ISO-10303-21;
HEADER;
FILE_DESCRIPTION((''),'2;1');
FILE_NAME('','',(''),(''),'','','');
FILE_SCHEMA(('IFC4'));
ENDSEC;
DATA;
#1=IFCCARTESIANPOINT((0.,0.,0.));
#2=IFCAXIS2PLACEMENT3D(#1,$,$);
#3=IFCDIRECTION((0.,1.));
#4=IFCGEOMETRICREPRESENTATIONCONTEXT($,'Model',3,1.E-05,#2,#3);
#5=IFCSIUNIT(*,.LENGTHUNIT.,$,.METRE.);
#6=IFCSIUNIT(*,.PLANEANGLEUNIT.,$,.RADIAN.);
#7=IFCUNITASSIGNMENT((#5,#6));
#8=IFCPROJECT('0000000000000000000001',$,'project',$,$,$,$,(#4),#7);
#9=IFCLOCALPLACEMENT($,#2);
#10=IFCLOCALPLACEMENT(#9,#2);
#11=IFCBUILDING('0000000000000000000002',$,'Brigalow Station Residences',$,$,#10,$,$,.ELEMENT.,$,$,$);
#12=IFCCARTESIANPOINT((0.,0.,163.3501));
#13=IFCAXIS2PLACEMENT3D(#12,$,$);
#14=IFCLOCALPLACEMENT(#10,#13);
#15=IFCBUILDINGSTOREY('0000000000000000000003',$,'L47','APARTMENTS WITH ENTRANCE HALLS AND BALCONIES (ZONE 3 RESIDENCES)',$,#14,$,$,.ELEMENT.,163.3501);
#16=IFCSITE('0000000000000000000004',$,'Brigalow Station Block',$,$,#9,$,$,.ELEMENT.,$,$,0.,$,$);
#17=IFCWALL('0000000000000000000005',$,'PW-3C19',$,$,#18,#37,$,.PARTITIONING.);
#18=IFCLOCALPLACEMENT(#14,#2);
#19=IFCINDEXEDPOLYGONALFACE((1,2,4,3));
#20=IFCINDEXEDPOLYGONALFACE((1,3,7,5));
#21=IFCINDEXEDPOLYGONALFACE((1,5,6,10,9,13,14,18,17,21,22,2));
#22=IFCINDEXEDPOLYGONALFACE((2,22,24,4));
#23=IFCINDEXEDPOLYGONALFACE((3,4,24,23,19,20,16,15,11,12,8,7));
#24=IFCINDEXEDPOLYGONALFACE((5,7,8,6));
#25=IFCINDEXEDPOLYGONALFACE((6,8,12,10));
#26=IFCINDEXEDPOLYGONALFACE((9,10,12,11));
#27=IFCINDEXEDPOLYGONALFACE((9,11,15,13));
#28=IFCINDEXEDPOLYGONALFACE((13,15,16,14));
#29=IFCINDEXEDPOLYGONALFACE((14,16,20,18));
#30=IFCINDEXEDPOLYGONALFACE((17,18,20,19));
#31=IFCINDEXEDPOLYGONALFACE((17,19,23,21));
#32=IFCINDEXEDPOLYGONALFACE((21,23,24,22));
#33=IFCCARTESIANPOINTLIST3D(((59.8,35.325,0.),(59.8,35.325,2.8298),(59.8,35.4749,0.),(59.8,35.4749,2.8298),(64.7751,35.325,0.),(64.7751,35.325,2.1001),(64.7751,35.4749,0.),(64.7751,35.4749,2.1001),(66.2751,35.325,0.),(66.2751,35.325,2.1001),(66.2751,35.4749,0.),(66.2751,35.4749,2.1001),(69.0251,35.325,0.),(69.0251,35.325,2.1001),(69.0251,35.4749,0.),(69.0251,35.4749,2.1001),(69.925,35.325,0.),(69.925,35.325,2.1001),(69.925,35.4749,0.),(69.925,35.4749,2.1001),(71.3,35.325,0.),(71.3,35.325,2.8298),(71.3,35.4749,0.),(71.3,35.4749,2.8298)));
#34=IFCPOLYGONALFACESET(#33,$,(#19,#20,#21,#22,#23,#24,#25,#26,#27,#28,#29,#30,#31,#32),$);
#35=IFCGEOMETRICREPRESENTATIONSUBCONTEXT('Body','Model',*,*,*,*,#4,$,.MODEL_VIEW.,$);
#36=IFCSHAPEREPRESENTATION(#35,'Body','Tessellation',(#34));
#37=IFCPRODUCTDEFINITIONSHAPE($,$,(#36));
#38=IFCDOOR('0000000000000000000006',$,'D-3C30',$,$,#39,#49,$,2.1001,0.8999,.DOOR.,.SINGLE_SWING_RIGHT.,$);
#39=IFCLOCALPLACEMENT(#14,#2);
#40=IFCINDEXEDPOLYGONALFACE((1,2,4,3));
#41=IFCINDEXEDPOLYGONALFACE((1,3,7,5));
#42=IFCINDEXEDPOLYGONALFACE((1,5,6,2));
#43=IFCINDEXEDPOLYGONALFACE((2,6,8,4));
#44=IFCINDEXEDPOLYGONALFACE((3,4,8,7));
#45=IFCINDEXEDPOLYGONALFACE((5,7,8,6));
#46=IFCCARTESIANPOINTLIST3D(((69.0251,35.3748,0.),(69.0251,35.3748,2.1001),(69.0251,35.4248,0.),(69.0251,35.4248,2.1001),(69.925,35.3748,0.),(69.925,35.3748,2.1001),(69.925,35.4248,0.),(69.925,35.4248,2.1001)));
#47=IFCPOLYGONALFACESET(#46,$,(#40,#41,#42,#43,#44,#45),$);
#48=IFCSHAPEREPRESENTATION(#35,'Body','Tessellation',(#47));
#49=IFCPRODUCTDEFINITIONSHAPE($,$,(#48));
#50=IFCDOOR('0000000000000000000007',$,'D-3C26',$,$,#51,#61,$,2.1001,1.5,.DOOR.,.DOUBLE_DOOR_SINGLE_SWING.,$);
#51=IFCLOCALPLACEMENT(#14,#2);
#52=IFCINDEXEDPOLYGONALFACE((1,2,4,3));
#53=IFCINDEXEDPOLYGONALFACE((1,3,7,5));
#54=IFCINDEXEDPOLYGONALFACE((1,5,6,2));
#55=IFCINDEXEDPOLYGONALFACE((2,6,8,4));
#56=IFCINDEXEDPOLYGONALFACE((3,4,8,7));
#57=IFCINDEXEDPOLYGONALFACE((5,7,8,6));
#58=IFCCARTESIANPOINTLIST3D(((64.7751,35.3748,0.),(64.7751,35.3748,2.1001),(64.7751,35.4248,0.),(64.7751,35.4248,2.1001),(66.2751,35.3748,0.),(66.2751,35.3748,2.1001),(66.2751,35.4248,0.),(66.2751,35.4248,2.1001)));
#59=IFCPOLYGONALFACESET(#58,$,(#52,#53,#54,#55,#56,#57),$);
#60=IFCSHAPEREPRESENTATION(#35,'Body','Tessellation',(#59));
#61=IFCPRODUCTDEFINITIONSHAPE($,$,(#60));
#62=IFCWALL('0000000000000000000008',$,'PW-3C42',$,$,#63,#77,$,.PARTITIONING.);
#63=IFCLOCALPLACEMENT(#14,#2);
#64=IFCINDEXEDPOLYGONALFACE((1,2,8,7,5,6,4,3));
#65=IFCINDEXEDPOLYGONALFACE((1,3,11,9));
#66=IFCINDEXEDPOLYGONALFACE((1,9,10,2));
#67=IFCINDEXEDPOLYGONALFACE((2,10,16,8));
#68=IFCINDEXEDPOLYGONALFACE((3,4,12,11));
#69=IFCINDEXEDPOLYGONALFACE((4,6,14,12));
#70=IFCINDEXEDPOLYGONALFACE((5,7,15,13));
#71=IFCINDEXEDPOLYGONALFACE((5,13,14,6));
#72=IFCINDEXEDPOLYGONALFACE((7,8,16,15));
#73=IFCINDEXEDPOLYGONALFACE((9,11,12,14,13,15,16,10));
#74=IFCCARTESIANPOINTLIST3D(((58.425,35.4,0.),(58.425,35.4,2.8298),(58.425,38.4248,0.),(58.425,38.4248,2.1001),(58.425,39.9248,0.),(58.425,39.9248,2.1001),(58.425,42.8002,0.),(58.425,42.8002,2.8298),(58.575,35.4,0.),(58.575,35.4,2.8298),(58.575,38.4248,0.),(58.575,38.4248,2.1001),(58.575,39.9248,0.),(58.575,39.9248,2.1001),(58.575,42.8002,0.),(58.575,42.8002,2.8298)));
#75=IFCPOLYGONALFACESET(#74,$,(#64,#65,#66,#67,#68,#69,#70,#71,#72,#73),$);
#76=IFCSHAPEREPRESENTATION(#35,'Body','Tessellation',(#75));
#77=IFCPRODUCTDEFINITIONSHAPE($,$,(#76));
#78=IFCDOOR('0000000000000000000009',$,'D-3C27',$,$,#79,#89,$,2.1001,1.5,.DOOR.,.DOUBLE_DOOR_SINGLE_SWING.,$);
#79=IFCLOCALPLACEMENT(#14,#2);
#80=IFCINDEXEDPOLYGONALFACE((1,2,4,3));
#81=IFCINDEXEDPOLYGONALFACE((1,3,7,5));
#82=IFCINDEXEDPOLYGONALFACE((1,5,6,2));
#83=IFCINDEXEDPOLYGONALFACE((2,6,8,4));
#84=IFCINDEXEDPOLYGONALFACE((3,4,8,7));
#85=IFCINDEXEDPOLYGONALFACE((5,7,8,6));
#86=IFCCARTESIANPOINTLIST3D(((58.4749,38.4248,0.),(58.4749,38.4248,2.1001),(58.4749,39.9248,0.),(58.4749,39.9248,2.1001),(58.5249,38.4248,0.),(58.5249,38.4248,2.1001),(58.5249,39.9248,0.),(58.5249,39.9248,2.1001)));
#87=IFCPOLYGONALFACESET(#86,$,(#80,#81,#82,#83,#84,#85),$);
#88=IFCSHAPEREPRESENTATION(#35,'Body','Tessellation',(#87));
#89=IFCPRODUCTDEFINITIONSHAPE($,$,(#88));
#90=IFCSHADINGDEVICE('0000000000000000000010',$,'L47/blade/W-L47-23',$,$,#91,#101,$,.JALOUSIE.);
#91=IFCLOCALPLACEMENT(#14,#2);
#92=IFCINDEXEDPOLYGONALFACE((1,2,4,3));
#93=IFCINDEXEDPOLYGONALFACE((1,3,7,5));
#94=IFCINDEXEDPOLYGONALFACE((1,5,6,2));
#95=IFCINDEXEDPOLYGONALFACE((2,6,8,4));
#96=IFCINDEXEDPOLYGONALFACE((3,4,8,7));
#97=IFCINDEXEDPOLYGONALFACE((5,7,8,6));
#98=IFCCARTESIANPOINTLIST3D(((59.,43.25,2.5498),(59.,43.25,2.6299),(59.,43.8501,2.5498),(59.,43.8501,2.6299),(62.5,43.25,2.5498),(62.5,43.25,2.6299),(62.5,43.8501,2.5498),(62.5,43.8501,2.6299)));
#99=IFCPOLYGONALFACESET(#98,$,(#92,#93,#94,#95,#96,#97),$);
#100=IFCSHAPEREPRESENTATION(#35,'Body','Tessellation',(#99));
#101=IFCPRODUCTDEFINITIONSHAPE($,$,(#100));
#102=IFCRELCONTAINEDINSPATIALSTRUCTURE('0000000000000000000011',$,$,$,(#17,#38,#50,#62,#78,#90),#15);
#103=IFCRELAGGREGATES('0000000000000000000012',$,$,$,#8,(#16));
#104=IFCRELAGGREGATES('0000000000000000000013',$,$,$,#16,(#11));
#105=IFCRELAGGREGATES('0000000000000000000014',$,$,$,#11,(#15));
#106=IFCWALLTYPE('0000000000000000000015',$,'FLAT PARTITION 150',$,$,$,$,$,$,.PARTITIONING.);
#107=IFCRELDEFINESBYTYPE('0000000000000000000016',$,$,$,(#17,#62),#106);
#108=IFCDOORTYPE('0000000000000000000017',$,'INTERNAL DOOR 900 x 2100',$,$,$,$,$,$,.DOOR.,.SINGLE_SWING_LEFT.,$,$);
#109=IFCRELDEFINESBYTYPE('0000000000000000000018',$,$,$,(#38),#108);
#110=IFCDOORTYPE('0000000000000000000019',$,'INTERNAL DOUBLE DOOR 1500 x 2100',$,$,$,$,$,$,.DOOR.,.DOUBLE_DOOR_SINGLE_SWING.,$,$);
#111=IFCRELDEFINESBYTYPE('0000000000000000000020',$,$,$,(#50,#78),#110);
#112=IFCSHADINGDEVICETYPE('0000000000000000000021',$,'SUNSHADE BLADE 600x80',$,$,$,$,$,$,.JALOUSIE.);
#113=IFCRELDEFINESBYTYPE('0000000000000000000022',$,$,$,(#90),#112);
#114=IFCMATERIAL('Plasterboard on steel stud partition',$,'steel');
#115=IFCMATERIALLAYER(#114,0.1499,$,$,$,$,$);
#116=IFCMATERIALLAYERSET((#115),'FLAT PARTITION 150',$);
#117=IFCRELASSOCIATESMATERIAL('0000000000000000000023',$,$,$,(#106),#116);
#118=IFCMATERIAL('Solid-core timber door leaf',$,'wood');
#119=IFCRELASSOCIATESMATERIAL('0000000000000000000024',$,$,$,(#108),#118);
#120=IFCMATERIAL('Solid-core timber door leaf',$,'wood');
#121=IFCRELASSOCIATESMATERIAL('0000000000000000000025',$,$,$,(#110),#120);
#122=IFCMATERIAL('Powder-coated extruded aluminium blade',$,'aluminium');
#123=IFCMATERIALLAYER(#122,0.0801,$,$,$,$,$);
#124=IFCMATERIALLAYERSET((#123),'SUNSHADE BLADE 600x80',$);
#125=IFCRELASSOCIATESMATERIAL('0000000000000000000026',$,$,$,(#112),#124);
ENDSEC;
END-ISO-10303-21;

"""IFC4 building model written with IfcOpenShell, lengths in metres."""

from ifc_helpers import new_model, si_unit, direction, frame, frame_2d, origin, origin_2d, place, context, subcontext, project, spatial, rectangle, extrude, material, layer, layer_set, type_object, element, fill, save


model = new_model("IFC4")

# Units and contexts
model_context = context("Model", 3, precision=1e-05, world=origin(), true_north=direction((0.0, 1.0)))
body_context = subcontext(model_context, "Body", "Model", "MODEL_VIEW")
ifc_project = project(units=[si_unit("LENGTHUNIT", "METRE"), si_unit("PLANEANGLEUNIT", "RADIAN")], contexts=[model_context])

# Site, building, storey
site_placement = place(None, origin())
site = spatial("IfcSite", under=ifc_project, at=site_placement, Name="Brigalow Station Block", CompositionType="ELEMENT", RefElevation=0.0)
building_placement = place(site_placement, origin())
building = spatial("IfcBuilding", under=site, at=building_placement, Name="Brigalow Station Residences", CompositionType="ELEMENT")
storey_placement = place(building_placement, frame((0.0, 0.0, 163.3501)))
storey = spatial("IfcBuildingStorey", under=building, at=storey_placement, Name="L47", Description="APARTMENTS WITH ENTRANCE HALLS AND BALCONIES (ZONE 3 RESIDENCES)", CompositionType="ELEMENT", Elevation=163.3501)

# Wall, openings, doors
ifc_material_1 = material(Name="Plasterboard on steel stud partition", Category="steel")
ifc_layer_1 = layer(ifc_material_1, 0.1499)
ifc_layer_set_1 = layer_set([ifc_layer_1], Name="FLAT PARTITION 150")
wall_type_1 = type_object("IfcWallType", Name="FLAT PARTITION 150", PredefinedType="PARTITIONING", material=ifc_layer_set_1)
wall_1_placement = place(storey_placement, frame((59.8, 35.3999, 0.0), z_axis=(0.0, 0.0, 1.0), x_axis=(1.0, 0.0, 0.0)))
wall_1 = element("IfcWall", 1, at=wall_1_placement, inside=storey, type_object=wall_type_1, Name="PW-3C19", PredefinedType="PARTITIONING", context=body_context, shape_type="SweptSolid", body=[
    extrude(rectangle(XDim=11.5, YDim=0.1499, at=frame_2d((5.75, 0.0))), origin(), (0.0, 0.0, 1.0), 2.8298),
])
opening_1_placement = place(wall_1_placement, frame((4.9751, 0.0, 0.0)))
opening_1 = element("IfcOpeningElement", 2, at=opening_1_placement, cuts=wall_1, PredefinedType="OPENING", context=body_context, shape_type="SweptSolid", body=[
    extrude(rectangle(XDim=1.5, YDim=2.1001, at=frame_2d((0.75, 1.05))), frame((0.0, 0.085, 0.0), z_axis=(0.0, -1.0, 0.0), x_axis=(1.0, 0.0, 0.0)), (0.0, 0.0, 1.0), 0.1699),
])
opening_2_placement = place(wall_1_placement, frame((9.2251, 0.0, 0.0)))
opening_2 = element("IfcOpeningElement", 3, at=opening_2_placement, cuts=wall_1, PredefinedType="OPENING", context=body_context, shape_type="SweptSolid", body=[
    extrude(rectangle(XDim=0.8999, YDim=2.1001, at=frame_2d((0.45, 1.05))), frame((0.0, 0.085, 0.0), z_axis=(0.0, -1.0, 0.0), x_axis=(1.0, 0.0, 0.0)), (0.0, 0.0, 1.0), 0.1699),
])
ifc_material_2 = material(Name="Solid-core timber door leaf", Category="wood")
door_type_1 = type_object("IfcDoorType", Name="INTERNAL DOOR 900 x 2100", OperationType="SINGLE_SWING_LEFT", PredefinedType="DOOR", material=ifc_material_2)
door_1_placement = place(opening_2_placement, origin())
door_1 = element("IfcDoor", 4, at=door_1_placement, inside=storey, type_object=door_type_1, Name="D-3C30", OperationType="SINGLE_SWING_RIGHT", OverallHeight=2.1001, OverallWidth=0.8999, PredefinedType="DOOR", context=body_context, shape_type="SweptSolid", body=[
    extrude(rectangle(XDim=0.8999, YDim=2.1001, at=frame_2d((0.45, 1.05))), frame((0.0, 0.0249, 0.0), z_axis=(0.0, -1.0, 0.0), x_axis=(1.0, 0.0, 0.0)), (0.0, 0.0, 1.0), 0.05),
])
fill(opening_2, door_1)
ifc_material_3 = material(Name="Solid-core timber door leaf", Category="wood")
door_type_2 = type_object("IfcDoorType", Name="INTERNAL DOUBLE DOOR 1500 x 2100", OperationType="DOUBLE_DOOR_SINGLE_SWING", PredefinedType="DOOR", material=ifc_material_3)
door_2_placement = place(opening_1_placement, origin())
door_2 = element("IfcDoor", 5, at=door_2_placement, inside=storey, type_object=door_type_2, Name="D-3C26", OperationType="DOUBLE_DOOR_SINGLE_SWING", OverallHeight=2.1001, OverallWidth=1.5, PredefinedType="DOOR", context=body_context, shape_type="SweptSolid", body=[
    extrude(rectangle(XDim=1.5, YDim=2.1001, at=frame_2d((0.75, 1.05))), frame((0.0, 0.0249, 0.0), z_axis=(0.0, -1.0, 0.0), x_axis=(1.0, 0.0, 0.0)), (0.0, 0.0, 1.0), 0.05),
])
fill(opening_1, door_2)

# Wall, opening, door
wall_2_placement = place(storey_placement, frame((58.5, 35.3999, 0.0), z_axis=(0.0, 0.0, 1.0), x_axis=(0.0, 1.0, 0.0)))
wall_2 = element("IfcWall", 6, at=wall_2_placement, inside=storey, type_object=wall_type_1, Name="PW-3C42", PredefinedType="PARTITIONING", context=body_context, shape_type="SweptSolid", body=[
    extrude(rectangle(XDim=7.4001, YDim=0.1499, at=frame_2d((3.7002, 0.0))), origin(), (0.0, 0.0, 1.0), 2.8298),
])
opening_3_placement = place(wall_2_placement, frame((3.0249, 0.0, 0.0)))
opening_3 = element("IfcOpeningElement", 7, at=opening_3_placement, cuts=wall_2, PredefinedType="OPENING", context=body_context, shape_type="SweptSolid", body=[
    extrude(rectangle(XDim=1.5, YDim=2.1001, at=frame_2d((0.75, 1.05))), frame((0.0, 0.085, 0.0), z_axis=(0.0, -1.0, 0.0), x_axis=(1.0, 0.0, 0.0)), (0.0, 0.0, 1.0), 0.1699),
])
door_3_placement = place(opening_3_placement, frame((1.5, 0.0, 0.0), z_axis=(0.0, 0.0, 1.0), x_axis=(-1.0, 0.0, 0.0)))
door_3 = element("IfcDoor", 8, at=door_3_placement, inside=storey, type_object=door_type_2, Name="D-3C27", OperationType="DOUBLE_DOOR_SINGLE_SWING", OverallHeight=2.1001, OverallWidth=1.5, PredefinedType="DOOR", context=body_context, shape_type="SweptSolid", body=[
    extrude(rectangle(XDim=1.5, YDim=2.1001, at=frame_2d((0.75, 1.05))), frame((0.0, 0.0249, 0.0), z_axis=(0.0, -1.0, 0.0), x_axis=(1.0, 0.0, 0.0)), (0.0, 0.0, 1.0), 0.05),
])
fill(opening_3, door_3)

# Shading device
ifc_material_4 = material(Name="Powder-coated extruded aluminium blade", Category="aluminium")
ifc_layer_2 = layer(ifc_material_4, 0.0801)
ifc_layer_set_2 = layer_set([ifc_layer_2], Name="SUNSHADE BLADE 600x80")
shading_device_type = type_object("IfcShadingDeviceType", Name="SUNSHADE BLADE 600x80", PredefinedType="JALOUSIE", material=ifc_layer_set_2)
shading_device_placement = place(storey_placement, frame((60.75, 43.55, 2.5498), z_axis=(0.0, 0.0, 1.0), x_axis=(-1.0, 0.0, 0.0)))
element("IfcShadingDevice", 9, at=shading_device_placement, inside=storey, type_object=shading_device_type, Name="L47/blade/W-L47-23", PredefinedType="JALOUSIE", context=body_context, shape_type="SweptSolid", body=[
    extrude(rectangle(XDim=3.5, YDim=0.6001, at=origin_2d()), origin(), (0.0, 0.0, 1.0), 0.0801),
])

save(model, "model.ifc")
